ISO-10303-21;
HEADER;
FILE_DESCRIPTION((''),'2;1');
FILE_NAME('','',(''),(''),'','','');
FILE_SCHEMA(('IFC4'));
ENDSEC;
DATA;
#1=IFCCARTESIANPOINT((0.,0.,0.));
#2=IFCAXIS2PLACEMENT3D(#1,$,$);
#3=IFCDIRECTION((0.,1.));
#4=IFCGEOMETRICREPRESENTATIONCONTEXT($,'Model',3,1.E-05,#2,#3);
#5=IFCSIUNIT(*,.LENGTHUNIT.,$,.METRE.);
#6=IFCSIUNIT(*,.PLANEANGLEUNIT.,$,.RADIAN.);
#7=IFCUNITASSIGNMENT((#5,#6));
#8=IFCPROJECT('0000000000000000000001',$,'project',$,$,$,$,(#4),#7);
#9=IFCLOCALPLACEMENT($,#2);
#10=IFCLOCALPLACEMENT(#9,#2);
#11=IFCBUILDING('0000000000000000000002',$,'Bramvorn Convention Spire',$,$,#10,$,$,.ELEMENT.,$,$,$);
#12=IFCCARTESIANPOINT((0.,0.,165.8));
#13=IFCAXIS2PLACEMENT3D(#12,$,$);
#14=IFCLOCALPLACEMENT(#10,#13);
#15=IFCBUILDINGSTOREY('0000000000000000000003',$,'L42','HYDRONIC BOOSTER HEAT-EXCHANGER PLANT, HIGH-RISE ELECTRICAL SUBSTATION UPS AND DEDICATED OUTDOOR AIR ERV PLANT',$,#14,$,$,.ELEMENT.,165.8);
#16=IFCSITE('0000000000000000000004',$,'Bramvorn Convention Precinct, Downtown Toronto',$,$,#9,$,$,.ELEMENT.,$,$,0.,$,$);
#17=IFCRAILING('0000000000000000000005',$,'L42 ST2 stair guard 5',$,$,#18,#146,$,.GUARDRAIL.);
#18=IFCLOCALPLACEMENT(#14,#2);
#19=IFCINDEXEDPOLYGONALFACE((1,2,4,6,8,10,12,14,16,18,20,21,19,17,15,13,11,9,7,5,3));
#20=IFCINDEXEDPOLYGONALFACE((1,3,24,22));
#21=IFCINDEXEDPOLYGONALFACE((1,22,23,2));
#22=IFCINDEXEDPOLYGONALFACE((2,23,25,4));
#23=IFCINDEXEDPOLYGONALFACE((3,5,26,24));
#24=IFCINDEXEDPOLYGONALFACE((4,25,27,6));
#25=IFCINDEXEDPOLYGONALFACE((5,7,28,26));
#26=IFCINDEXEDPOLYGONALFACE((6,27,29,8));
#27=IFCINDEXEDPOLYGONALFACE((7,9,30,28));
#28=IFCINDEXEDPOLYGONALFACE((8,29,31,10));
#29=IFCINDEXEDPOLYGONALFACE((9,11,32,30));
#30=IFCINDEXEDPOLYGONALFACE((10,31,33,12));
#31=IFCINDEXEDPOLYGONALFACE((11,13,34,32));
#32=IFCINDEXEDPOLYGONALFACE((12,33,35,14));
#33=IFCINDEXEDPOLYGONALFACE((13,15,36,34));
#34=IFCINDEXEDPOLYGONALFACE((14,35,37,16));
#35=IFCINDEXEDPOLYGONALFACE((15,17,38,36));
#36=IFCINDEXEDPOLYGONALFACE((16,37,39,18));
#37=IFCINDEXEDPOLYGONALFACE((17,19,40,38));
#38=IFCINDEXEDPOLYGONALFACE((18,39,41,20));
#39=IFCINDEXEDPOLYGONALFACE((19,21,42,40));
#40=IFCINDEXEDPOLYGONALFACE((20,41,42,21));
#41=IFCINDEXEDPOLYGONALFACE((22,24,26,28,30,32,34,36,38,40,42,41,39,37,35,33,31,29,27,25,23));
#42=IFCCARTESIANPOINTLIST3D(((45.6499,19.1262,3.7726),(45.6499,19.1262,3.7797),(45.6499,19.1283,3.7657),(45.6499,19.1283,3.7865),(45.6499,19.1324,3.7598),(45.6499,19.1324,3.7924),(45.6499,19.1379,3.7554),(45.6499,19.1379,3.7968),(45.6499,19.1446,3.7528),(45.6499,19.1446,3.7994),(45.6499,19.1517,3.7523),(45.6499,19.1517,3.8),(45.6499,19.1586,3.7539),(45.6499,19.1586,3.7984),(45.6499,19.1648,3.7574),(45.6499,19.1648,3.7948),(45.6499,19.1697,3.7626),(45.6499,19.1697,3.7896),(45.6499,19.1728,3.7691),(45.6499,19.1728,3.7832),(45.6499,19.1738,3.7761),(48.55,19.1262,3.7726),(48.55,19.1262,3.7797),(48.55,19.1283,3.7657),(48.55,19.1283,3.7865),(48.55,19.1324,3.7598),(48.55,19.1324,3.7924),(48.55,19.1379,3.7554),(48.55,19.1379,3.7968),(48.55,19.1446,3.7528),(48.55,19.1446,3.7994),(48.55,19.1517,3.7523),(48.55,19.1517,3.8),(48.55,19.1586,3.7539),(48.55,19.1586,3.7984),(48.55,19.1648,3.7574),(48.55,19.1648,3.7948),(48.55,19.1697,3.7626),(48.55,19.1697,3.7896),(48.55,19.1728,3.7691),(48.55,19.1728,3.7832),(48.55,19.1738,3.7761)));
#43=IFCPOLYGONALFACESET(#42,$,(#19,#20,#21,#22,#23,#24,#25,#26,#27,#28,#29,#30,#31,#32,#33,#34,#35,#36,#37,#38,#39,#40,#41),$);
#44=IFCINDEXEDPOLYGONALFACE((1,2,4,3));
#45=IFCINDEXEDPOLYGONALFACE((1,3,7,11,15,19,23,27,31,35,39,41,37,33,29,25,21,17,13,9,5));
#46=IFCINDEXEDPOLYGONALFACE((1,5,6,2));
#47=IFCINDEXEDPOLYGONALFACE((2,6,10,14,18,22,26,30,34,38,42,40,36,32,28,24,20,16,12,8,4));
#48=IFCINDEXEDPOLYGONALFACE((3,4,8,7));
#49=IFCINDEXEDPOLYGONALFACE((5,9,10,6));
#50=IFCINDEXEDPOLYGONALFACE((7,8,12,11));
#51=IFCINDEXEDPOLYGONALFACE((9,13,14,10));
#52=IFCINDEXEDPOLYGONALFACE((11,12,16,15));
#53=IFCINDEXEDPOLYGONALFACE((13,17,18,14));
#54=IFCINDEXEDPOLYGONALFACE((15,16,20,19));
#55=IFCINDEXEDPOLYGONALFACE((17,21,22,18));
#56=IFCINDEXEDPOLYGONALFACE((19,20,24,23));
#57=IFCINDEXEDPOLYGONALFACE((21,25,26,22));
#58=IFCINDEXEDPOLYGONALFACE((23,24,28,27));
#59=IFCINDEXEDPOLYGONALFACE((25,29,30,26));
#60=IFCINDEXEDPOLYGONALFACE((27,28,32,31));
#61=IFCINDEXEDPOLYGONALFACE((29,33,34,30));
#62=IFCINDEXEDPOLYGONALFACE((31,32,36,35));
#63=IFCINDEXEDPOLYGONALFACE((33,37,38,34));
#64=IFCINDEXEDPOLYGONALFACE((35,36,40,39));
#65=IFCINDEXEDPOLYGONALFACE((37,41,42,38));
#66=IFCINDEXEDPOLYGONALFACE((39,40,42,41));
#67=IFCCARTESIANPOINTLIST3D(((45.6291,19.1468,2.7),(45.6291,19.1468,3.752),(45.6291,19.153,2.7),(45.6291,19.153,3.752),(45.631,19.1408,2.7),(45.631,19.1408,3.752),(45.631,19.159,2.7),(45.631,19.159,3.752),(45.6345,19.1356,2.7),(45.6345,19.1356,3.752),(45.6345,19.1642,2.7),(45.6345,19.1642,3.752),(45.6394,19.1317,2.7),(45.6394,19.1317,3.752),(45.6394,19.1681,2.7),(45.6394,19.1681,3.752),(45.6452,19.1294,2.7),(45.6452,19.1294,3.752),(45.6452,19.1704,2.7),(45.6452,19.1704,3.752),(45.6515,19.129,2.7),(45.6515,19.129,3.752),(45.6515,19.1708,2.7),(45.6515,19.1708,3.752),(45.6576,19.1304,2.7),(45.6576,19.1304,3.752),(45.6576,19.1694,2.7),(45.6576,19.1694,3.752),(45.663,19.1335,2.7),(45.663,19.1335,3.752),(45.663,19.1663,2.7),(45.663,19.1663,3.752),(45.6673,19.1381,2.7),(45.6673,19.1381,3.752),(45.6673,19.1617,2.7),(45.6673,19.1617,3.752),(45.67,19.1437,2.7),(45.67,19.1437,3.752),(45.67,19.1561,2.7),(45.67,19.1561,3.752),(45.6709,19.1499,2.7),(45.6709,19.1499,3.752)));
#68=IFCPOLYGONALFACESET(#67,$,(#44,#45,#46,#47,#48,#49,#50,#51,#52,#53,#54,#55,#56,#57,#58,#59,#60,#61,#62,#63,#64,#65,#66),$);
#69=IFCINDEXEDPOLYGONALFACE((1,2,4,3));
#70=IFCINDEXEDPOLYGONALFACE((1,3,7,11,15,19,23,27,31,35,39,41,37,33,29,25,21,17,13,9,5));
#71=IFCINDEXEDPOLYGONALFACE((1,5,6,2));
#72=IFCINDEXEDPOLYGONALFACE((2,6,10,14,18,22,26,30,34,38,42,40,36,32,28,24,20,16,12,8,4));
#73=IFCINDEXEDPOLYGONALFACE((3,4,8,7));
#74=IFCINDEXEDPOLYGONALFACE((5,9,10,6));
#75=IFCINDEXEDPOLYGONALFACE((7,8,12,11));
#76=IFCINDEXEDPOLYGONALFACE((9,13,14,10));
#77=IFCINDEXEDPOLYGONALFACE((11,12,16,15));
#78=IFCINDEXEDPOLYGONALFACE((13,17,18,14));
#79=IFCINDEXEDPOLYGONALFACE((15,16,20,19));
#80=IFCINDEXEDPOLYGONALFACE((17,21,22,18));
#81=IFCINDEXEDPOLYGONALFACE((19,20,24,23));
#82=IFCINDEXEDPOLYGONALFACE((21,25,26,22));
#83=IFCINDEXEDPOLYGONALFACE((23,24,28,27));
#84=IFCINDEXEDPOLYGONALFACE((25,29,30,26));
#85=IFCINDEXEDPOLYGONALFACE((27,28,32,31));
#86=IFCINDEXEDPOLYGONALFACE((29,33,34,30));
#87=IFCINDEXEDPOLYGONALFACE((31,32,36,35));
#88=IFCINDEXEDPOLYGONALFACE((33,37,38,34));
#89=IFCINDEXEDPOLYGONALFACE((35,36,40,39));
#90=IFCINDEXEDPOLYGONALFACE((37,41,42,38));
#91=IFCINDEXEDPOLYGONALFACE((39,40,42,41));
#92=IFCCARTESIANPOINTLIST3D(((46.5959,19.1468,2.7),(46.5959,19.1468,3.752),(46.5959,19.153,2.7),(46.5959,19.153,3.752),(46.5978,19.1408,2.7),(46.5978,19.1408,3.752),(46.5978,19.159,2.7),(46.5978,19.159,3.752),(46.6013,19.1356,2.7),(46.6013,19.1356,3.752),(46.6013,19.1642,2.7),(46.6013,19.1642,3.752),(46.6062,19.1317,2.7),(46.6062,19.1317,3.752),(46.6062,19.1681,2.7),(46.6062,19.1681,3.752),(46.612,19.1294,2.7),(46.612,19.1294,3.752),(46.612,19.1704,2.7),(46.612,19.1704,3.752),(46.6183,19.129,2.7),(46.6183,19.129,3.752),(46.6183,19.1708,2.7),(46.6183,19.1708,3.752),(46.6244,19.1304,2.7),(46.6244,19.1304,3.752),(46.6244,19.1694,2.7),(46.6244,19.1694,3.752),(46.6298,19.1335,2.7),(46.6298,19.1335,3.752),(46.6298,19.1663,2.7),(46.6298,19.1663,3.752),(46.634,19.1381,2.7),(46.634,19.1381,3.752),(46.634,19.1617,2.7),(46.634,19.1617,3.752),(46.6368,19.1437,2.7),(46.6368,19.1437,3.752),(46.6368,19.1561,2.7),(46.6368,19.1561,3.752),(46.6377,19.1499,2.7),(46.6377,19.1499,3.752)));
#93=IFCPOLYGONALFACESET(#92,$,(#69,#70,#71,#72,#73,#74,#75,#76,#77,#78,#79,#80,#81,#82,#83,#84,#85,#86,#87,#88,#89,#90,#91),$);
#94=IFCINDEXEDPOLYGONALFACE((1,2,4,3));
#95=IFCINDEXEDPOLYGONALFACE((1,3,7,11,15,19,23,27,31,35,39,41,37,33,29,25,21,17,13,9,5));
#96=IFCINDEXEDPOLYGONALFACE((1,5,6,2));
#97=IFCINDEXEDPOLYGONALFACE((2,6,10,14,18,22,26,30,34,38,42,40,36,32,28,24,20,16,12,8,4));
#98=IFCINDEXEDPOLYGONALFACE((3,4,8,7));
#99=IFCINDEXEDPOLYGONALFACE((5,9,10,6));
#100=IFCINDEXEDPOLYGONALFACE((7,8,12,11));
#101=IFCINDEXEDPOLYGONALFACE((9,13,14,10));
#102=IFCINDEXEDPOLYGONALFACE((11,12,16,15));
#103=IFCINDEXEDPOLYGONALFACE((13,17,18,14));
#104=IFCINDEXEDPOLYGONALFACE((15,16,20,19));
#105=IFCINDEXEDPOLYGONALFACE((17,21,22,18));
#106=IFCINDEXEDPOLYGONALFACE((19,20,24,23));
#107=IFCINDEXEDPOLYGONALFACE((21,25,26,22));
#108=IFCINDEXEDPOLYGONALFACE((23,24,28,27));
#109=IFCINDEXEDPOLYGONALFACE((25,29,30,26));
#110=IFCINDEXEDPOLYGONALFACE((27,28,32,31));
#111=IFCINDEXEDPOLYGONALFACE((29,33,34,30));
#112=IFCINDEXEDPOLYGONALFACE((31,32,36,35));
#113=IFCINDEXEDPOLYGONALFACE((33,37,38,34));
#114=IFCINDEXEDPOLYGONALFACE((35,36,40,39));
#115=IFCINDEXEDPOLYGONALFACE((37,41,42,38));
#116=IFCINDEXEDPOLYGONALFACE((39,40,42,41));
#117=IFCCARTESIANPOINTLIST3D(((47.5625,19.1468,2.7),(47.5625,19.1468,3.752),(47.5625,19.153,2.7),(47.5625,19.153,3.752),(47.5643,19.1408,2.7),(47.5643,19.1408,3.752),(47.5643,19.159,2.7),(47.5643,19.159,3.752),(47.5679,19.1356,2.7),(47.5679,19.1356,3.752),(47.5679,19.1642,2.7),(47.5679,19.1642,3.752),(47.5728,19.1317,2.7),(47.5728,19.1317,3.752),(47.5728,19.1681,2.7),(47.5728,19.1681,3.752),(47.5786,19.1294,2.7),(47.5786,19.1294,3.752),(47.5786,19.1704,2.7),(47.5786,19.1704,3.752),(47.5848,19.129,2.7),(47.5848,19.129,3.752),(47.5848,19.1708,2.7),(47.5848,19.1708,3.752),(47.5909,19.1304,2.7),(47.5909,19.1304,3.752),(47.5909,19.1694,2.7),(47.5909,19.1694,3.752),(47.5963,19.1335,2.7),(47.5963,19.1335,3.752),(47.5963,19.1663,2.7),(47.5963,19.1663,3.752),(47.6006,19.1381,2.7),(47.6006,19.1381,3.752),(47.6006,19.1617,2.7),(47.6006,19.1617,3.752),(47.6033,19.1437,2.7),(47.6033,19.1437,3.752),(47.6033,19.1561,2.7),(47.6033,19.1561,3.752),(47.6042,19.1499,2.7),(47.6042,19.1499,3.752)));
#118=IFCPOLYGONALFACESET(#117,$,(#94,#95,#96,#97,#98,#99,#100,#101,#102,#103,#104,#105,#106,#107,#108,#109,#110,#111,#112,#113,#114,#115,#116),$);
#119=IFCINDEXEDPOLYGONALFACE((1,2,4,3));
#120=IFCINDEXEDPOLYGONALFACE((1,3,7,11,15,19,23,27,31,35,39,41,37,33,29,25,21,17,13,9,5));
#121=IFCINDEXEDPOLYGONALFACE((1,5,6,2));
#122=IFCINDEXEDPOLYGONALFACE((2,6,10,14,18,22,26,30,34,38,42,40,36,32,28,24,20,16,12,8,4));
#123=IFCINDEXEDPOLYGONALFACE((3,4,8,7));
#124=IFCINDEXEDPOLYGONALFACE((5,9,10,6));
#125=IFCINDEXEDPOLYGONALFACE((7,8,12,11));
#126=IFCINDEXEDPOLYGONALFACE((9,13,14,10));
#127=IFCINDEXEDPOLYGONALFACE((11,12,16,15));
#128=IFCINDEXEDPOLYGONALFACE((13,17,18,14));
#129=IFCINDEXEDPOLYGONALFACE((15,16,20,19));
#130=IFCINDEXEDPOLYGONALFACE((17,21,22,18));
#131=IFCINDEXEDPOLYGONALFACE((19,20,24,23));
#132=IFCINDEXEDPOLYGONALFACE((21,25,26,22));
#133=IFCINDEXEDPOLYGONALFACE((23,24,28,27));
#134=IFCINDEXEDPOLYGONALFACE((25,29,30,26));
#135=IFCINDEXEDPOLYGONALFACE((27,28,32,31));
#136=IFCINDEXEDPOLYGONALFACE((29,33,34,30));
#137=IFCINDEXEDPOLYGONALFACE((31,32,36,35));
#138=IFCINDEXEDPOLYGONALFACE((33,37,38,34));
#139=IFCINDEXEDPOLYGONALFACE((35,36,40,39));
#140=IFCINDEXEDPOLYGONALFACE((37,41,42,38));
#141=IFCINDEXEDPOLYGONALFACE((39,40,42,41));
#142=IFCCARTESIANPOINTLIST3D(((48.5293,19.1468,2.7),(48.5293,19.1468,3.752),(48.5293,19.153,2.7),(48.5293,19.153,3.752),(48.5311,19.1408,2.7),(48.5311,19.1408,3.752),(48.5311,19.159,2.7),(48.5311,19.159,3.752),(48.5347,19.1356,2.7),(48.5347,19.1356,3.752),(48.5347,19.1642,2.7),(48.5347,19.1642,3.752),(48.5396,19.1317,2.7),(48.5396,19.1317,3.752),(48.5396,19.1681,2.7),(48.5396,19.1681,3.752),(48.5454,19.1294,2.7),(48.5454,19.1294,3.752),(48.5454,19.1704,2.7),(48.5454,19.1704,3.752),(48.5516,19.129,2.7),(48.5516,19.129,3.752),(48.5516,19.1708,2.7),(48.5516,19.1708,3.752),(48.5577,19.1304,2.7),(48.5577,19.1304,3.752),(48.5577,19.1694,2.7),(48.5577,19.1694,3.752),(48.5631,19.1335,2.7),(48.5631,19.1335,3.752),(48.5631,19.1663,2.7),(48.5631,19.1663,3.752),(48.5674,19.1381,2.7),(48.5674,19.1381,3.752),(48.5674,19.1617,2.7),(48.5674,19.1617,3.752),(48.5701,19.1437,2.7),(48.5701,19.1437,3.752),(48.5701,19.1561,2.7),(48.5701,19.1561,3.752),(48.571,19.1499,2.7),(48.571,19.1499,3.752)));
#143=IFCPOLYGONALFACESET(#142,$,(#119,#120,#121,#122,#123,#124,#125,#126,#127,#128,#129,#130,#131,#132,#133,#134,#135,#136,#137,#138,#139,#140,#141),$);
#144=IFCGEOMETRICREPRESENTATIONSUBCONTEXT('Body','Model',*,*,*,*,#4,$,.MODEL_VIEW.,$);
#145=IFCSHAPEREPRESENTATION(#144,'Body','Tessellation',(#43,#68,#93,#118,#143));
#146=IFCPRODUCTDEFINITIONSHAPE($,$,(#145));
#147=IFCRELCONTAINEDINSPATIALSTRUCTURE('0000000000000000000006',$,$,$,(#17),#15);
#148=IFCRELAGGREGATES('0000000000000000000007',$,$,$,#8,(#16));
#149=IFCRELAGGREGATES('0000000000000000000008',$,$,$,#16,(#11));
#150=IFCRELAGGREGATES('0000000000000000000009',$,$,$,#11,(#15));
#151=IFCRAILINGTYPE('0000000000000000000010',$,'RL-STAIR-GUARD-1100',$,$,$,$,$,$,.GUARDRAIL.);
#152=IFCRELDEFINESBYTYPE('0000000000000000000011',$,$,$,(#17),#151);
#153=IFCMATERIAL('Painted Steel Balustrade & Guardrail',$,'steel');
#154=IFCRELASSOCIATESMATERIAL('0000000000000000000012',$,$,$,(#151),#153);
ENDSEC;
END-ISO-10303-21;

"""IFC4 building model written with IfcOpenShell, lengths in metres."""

from ifc_helpers import new_model, si_unit, direction, frame, origin, origin_2d, place, context, subcontext, project, spatial, circle, extrude, material, type_object, element, save


model = new_model("IFC4")

# Units and contexts
model_context = context("Model", 3, precision=1e-05, world=origin(), true_north=direction((0.0, 1.0)))
body_context = subcontext(model_context, "Body", "Model", "MODEL_VIEW")
ifc_project = project(units=[si_unit("LENGTHUNIT", "METRE"), si_unit("PLANEANGLEUNIT", "RADIAN")], contexts=[model_context])

# Site, building, storey
site_placement = place(None, origin())
site = spatial("IfcSite", under=ifc_project, at=site_placement, Name="Bramvorn Convention Precinct, Downtown Toronto", CompositionType="ELEMENT", RefElevation=0.0)
building_placement = place(site_placement, origin())
building = spatial("IfcBuilding", under=site, at=building_placement, Name="Bramvorn Convention Spire", CompositionType="ELEMENT")
storey_placement = place(building_placement, frame((0.0, 0.0, 165.8)))
storey = spatial("IfcBuildingStorey", under=building, at=storey_placement, Name="L42", Description="HYDRONIC BOOSTER HEAT-EXCHANGER PLANT, HIGH-RISE ELECTRICAL SUBSTATION UPS AND DEDICATED OUTDOOR AIR ERV PLANT", CompositionType="ELEMENT", Elevation=165.8)

# Railing
ifc_material_1 = material(Name="Painted Steel Balustrade & Guardrail", Category="steel")
railing_type_1 = type_object("IfcRailingType", Name="RL-STAIR-GUARD-1100", PredefinedType="GUARDRAIL", material=ifc_material_1)
railing_1_placement = place(storey_placement, frame((45.6499, 19.1499, 2.7)))
element("IfcRailing", 1, at=railing_1_placement, inside=storey, type_object=railing_type_1, Name="L42 ST2 stair guard 5", PredefinedType="GUARDRAIL", context=body_context, shape_type="SweptSolid", body=[
    extrude(circle(Radius=0.0239, at=origin_2d()), frame((0.0, 0.0, 1.0762), z_axis=(1.0, 0.0, 0.0), x_axis=(0.0, 1.0, 0.0)), (0.0, 0.0, 1.0), 2.9001),
    extrude(circle(Radius=0.021, at=origin_2d()), origin(), (0.0, 0.0, 1.0), 1.052),
    extrude(circle(Radius=0.021, at=origin_2d()), frame((0.9668, 0.0, 0.0)), (0.0, 0.0, 1.0), 1.052),
    extrude(circle(Radius=0.021, at=origin_2d()), frame((1.9333, 0.0, 0.0)), (0.0, 0.0, 1.0), 1.052),
    extrude(circle(Radius=0.021, at=origin_2d()), frame((2.9001, 0.0, 0.0)), (0.0, 0.0, 1.0), 1.052),
])

save(model, "model.ifc")
